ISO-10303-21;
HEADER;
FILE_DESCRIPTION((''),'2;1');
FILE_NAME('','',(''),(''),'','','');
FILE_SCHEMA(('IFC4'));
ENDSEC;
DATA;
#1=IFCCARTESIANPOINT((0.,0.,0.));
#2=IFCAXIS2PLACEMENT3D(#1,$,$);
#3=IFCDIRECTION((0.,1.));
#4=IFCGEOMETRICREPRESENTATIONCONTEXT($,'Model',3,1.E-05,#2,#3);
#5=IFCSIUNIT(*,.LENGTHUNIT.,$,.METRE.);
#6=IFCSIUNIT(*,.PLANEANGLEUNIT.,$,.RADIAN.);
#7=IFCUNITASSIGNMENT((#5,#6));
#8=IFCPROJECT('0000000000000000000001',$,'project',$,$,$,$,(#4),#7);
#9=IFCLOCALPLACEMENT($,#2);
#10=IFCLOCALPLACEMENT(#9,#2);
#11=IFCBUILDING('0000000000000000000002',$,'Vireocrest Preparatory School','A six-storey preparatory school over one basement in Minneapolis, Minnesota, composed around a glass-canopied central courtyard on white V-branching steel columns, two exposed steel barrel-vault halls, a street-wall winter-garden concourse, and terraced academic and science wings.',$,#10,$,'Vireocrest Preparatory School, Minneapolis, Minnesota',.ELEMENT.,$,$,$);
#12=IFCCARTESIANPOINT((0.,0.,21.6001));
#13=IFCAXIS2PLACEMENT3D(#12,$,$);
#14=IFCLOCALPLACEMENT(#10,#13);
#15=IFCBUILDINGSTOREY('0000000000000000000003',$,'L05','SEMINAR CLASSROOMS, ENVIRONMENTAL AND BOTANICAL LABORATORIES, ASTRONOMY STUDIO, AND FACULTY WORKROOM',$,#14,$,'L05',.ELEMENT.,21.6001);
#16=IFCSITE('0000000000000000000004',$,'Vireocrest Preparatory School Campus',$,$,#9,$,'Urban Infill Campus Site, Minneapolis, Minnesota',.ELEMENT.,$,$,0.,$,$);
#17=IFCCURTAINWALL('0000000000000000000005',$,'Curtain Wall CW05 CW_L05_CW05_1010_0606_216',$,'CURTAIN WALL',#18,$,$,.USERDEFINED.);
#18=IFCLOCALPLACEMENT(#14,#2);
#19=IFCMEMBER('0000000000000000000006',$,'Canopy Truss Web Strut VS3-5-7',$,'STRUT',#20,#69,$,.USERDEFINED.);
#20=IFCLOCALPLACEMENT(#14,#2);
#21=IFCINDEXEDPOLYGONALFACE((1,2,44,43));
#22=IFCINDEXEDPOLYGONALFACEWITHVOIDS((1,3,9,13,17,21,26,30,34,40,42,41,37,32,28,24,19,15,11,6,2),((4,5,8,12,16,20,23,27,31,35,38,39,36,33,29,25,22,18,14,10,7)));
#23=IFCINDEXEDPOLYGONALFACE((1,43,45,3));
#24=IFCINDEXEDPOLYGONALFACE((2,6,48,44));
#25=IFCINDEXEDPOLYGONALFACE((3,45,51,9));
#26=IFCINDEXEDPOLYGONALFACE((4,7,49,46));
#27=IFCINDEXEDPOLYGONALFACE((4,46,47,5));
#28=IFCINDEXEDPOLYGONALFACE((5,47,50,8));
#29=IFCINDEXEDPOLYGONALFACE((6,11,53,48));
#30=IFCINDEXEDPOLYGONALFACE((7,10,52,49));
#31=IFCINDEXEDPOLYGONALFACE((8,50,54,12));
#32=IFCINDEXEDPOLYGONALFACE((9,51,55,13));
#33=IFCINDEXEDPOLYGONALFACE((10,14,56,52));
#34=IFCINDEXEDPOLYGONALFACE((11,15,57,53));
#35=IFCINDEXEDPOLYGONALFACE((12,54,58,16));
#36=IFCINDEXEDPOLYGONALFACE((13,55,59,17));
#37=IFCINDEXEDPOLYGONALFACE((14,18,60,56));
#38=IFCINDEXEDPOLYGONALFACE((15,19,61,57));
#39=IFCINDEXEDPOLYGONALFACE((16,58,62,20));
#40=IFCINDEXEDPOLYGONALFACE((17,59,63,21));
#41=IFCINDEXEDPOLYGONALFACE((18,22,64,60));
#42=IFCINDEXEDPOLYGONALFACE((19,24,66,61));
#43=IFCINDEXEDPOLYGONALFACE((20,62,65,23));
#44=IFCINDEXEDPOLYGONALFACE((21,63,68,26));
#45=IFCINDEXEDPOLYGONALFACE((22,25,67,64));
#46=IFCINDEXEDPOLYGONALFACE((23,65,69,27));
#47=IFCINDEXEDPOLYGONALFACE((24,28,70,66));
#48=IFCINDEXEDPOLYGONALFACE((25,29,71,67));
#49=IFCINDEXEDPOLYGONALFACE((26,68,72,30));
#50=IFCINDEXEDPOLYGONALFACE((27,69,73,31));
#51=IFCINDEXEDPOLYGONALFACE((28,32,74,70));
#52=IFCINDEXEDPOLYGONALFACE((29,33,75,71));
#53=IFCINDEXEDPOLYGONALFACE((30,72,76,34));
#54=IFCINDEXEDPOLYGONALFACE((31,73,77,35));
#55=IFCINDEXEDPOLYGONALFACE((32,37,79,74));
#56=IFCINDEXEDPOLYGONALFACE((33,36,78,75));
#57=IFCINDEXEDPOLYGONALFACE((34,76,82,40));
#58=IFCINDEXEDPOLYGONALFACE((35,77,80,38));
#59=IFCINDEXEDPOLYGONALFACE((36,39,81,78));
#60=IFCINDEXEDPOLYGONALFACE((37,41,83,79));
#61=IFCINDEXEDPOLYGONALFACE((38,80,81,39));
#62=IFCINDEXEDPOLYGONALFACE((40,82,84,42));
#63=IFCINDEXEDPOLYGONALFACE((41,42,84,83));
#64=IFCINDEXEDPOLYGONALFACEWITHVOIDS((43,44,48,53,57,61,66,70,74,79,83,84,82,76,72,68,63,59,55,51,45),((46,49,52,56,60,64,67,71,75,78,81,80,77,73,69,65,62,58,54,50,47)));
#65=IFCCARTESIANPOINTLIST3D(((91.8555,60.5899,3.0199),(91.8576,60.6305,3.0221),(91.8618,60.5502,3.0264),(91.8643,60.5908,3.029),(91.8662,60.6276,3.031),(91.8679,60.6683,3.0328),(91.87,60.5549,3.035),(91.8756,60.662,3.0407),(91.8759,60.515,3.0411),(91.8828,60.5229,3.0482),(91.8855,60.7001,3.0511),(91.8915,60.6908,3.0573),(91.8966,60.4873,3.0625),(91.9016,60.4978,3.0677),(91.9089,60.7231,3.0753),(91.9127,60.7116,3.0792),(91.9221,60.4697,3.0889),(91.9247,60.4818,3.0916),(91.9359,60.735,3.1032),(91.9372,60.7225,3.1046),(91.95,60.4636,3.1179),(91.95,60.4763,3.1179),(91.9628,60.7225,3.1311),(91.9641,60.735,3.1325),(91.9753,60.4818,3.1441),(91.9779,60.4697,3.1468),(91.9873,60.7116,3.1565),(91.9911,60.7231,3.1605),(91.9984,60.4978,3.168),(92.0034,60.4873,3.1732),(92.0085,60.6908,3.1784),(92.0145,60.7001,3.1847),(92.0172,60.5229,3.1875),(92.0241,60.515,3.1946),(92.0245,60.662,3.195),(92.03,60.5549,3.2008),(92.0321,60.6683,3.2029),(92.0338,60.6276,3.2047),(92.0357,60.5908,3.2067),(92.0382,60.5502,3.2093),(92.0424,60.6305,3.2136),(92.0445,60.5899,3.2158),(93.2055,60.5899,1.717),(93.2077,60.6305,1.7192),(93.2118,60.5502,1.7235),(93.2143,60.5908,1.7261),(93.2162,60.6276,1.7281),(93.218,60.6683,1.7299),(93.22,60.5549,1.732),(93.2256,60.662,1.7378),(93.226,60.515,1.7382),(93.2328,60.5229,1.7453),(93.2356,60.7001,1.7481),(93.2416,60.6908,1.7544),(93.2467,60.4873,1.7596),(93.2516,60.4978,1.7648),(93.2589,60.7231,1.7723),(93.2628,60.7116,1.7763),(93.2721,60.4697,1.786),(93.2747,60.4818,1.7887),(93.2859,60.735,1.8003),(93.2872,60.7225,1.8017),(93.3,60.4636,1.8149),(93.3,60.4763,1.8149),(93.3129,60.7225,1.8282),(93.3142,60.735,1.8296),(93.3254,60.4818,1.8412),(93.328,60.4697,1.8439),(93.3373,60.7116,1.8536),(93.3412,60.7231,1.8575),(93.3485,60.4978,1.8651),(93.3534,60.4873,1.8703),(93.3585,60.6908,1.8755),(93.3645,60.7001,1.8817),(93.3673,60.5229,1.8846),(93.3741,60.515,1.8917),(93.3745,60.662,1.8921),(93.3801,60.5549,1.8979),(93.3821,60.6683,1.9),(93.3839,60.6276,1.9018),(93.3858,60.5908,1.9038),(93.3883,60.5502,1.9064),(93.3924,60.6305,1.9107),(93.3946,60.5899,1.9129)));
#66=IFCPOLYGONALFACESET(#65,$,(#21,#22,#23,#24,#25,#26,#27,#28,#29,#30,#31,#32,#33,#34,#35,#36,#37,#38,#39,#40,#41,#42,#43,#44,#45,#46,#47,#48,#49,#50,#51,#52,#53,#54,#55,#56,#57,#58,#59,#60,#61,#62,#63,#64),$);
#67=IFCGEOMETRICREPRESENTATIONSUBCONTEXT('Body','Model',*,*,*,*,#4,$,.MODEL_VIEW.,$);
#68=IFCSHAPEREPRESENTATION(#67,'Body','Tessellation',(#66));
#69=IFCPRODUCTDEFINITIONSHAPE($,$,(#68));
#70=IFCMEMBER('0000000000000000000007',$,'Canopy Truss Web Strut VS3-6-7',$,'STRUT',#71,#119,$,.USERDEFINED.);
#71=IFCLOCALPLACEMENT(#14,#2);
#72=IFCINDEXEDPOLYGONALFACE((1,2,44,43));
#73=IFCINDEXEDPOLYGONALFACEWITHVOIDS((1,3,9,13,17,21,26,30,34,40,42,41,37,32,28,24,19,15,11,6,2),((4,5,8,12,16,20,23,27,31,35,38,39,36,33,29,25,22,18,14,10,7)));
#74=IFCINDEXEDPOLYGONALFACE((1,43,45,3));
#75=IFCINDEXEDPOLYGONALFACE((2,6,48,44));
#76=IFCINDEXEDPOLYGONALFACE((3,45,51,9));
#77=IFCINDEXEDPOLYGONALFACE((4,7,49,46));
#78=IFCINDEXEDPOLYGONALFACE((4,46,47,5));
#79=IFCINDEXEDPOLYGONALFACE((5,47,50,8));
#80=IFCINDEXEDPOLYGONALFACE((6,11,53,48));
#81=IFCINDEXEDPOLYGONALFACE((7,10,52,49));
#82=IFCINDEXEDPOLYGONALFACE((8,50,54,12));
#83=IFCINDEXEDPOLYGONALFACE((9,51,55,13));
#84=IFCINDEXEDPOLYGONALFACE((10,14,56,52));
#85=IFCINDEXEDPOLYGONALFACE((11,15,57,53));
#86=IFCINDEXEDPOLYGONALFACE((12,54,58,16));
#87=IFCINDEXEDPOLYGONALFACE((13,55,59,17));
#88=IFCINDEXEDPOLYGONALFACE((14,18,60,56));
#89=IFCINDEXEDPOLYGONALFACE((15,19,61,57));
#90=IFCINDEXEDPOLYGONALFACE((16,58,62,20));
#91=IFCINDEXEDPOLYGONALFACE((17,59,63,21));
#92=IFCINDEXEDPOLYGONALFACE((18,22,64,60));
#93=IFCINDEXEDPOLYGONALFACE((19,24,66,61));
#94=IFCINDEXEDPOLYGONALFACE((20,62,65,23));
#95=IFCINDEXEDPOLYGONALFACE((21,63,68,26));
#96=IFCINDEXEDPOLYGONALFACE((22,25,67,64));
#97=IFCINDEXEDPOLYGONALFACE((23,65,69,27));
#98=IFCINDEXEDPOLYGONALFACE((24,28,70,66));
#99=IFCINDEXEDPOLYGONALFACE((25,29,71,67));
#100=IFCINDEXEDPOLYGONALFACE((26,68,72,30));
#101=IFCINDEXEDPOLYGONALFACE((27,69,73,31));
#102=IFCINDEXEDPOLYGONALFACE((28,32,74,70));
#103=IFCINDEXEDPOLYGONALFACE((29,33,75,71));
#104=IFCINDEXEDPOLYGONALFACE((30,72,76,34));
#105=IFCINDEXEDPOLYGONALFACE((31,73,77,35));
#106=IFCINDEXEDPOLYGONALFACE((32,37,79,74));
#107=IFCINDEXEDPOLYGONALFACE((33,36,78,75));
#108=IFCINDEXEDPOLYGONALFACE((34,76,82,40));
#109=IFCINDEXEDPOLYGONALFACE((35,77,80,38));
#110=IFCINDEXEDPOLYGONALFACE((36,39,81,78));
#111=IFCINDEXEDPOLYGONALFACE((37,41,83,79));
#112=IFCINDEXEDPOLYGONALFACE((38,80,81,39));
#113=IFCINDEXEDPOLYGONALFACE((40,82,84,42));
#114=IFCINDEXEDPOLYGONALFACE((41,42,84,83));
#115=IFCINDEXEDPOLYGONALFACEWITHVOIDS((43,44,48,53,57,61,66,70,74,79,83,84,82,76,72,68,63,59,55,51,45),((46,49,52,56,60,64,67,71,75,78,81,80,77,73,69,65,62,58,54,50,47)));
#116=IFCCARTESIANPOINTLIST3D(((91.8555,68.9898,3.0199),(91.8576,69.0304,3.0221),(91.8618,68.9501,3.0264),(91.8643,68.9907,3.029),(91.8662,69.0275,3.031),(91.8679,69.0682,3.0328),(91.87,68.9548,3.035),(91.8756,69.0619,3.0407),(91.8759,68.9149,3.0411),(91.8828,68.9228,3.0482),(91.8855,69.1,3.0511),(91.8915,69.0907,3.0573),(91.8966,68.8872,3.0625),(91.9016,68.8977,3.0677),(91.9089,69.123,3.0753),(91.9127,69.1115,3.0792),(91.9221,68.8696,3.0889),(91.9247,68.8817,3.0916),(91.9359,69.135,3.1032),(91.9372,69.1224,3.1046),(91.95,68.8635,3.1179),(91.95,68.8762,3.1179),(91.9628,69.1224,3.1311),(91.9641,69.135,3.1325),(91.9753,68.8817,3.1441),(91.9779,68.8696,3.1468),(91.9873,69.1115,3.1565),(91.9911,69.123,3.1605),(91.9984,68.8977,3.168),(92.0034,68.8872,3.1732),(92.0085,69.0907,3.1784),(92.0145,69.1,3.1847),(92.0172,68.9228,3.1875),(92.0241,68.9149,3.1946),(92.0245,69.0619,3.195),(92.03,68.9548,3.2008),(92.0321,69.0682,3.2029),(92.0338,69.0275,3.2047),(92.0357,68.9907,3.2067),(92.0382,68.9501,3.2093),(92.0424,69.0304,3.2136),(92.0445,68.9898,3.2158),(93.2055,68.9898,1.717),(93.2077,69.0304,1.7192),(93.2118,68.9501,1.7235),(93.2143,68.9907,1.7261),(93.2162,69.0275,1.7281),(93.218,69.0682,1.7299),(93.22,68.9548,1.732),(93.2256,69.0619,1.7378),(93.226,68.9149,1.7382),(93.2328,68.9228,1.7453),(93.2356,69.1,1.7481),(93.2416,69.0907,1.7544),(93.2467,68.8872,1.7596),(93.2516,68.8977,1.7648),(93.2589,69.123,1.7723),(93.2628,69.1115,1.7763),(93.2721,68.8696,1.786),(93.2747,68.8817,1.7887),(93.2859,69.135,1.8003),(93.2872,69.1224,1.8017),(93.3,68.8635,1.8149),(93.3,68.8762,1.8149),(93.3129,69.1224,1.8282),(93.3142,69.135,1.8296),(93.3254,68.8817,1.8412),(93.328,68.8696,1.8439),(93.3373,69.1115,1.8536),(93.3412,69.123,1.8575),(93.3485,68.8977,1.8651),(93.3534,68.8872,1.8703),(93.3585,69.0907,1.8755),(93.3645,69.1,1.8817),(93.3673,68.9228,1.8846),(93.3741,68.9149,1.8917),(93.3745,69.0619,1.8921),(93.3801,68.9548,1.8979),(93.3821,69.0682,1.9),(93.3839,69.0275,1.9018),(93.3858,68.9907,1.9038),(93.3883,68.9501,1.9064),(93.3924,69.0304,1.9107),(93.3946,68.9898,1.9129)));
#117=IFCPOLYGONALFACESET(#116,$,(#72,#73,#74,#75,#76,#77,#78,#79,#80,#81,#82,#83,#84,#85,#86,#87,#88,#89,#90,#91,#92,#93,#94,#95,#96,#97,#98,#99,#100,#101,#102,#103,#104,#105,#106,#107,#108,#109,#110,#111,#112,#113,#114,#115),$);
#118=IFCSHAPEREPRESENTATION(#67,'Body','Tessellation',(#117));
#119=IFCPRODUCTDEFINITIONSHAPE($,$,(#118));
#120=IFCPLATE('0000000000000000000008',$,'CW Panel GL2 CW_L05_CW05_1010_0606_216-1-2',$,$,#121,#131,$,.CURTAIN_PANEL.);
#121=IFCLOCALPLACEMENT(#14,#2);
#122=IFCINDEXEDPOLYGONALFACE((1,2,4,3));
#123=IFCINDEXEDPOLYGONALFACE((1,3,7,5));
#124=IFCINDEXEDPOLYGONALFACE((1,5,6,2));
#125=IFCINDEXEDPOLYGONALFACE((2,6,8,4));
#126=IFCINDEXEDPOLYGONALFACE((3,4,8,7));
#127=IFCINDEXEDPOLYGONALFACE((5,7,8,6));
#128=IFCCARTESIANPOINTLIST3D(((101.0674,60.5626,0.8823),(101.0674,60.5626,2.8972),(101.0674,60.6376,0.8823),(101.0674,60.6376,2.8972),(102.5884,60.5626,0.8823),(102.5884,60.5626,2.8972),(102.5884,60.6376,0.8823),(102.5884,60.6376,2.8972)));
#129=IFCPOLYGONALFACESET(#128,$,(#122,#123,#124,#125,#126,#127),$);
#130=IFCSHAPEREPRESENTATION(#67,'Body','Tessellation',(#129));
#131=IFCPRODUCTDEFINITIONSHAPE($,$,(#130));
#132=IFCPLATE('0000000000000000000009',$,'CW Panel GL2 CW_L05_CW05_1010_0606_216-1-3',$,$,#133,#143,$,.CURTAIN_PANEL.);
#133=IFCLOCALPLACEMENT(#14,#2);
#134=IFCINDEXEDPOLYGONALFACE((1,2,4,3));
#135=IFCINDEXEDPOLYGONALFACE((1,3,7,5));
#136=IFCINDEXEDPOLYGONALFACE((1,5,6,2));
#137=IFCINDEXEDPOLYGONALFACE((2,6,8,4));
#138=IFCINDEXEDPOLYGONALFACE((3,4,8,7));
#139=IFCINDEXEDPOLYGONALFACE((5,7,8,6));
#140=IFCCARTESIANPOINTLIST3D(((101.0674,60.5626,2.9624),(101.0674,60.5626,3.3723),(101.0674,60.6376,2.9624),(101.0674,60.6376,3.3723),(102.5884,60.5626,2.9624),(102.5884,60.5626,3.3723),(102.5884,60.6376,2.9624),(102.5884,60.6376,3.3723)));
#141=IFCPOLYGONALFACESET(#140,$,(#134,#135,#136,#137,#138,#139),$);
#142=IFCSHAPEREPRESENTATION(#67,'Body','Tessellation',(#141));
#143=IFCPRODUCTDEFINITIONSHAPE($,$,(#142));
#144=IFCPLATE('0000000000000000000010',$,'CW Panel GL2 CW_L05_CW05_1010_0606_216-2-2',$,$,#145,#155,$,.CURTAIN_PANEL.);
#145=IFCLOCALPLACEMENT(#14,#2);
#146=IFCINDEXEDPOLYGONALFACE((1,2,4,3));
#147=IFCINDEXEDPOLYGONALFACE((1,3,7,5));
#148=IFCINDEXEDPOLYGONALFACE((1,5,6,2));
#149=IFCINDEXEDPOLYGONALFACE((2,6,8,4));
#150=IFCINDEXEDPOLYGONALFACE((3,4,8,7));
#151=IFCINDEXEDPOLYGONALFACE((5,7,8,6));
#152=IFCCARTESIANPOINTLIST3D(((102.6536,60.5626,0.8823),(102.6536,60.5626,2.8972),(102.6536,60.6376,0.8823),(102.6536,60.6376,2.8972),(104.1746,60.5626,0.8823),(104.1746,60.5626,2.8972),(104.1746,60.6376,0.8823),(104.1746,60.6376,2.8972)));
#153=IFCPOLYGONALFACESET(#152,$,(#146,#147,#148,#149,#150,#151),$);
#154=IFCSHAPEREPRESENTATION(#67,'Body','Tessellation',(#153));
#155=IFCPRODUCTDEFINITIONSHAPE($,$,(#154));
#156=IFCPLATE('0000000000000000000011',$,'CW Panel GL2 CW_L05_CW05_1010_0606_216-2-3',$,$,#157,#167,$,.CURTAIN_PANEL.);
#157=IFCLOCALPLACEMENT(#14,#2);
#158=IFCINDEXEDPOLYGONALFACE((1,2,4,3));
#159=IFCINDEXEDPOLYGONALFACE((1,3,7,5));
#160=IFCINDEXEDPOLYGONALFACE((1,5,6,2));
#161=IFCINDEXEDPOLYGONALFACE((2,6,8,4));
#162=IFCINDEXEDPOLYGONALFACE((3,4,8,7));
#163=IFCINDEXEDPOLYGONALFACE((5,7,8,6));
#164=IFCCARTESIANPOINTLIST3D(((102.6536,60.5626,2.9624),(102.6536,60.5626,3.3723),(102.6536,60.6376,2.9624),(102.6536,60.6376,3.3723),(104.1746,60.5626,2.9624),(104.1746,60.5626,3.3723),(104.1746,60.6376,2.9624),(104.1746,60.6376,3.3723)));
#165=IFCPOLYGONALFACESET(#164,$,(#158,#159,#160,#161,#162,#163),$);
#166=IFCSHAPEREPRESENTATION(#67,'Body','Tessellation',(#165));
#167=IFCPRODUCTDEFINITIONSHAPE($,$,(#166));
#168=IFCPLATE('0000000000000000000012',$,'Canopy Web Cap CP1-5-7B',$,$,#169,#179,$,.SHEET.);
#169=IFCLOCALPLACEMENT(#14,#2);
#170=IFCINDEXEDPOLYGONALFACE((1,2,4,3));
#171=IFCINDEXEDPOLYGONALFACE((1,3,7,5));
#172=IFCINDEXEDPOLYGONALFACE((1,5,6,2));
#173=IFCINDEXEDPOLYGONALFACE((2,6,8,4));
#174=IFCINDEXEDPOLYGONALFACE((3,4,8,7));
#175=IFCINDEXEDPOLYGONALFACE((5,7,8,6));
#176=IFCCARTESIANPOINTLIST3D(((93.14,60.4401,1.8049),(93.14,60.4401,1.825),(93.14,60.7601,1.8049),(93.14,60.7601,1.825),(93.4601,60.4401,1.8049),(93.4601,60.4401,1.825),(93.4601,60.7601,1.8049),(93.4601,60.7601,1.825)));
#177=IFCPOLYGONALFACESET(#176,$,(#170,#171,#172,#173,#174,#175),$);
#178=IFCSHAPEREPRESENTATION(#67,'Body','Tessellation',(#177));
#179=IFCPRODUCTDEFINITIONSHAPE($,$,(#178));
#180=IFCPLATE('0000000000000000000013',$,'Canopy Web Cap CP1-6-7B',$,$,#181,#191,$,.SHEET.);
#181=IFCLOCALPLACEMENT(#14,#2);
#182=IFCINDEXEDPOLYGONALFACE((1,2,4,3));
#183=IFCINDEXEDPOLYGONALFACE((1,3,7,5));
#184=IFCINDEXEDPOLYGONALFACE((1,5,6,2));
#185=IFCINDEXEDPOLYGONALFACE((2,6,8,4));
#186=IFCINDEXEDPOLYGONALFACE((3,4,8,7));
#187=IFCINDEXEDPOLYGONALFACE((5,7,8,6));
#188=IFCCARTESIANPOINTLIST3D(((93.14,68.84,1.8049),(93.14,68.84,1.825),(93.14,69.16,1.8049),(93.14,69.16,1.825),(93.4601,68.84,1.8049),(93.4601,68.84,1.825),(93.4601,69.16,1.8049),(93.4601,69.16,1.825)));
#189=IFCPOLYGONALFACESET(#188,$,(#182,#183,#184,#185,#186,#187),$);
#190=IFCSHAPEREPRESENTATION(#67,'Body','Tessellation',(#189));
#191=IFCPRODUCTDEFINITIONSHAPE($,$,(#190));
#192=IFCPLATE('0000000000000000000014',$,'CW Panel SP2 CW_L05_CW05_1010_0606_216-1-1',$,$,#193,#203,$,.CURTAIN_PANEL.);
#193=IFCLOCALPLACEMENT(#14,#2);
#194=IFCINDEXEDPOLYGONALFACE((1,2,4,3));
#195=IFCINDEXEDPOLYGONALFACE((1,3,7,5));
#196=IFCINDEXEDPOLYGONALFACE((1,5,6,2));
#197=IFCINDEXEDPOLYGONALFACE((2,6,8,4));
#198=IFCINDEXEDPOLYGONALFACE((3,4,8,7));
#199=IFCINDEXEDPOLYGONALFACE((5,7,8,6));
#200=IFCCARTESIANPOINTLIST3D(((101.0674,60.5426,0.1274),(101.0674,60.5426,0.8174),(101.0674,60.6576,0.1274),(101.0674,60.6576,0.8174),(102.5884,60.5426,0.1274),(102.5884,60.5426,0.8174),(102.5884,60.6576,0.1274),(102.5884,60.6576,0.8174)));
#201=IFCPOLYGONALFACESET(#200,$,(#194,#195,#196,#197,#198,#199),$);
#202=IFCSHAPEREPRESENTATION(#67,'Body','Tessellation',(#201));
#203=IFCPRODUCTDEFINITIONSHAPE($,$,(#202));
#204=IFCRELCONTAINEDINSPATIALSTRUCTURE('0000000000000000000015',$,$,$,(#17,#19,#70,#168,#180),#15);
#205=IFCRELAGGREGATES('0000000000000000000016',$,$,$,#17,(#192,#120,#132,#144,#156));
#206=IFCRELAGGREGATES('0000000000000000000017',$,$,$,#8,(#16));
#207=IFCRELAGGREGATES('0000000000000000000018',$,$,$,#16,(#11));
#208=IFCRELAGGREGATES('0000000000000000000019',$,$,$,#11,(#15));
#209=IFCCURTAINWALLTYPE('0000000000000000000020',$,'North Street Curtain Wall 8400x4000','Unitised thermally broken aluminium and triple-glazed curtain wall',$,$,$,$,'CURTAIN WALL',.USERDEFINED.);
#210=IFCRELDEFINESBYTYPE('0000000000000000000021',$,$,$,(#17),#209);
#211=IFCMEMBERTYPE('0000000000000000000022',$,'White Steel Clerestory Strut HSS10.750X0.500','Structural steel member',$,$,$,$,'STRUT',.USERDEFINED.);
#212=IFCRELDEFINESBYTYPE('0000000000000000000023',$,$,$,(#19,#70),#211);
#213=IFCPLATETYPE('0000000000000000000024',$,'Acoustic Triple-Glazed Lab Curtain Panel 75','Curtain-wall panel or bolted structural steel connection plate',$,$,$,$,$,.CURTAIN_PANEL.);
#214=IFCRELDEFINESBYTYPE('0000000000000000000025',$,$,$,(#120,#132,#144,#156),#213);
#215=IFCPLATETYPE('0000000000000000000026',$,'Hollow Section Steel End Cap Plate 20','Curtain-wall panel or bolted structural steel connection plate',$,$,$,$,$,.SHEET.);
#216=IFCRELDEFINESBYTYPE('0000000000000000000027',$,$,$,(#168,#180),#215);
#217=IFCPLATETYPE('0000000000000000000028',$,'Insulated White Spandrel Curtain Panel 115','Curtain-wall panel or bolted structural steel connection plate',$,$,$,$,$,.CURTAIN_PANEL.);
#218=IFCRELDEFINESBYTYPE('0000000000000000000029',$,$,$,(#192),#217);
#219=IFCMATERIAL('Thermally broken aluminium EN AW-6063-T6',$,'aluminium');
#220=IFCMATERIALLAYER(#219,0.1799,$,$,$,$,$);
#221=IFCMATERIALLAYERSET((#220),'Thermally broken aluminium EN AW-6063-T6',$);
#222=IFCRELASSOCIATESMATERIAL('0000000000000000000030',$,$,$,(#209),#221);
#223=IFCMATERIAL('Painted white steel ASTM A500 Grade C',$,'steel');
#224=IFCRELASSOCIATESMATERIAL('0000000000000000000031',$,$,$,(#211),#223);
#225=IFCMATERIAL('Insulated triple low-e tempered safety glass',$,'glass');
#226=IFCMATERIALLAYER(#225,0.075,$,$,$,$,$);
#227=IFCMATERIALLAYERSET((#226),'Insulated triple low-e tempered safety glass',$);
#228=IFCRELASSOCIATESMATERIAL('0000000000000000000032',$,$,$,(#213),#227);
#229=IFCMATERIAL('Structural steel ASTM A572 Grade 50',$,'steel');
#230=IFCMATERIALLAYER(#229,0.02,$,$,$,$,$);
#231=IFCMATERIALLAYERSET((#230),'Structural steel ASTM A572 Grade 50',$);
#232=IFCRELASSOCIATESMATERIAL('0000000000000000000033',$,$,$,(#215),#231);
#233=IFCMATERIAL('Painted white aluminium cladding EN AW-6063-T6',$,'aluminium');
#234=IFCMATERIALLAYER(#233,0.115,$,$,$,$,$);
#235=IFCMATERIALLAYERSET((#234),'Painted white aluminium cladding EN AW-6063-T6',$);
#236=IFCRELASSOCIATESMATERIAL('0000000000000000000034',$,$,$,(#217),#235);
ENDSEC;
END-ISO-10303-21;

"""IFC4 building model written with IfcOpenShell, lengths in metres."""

from ifc_helpers import new_model, si_unit, direction, frame, origin, origin_2d, place, context, subcontext, project, spatial, rectangle, hollow_circle, extrude, material, layer, layer_set, material_profile, profile_set, type_object, element, aggregate, save


model = new_model("IFC4")

# Units and contexts
model_context = context("Model", 3, precision=1e-05, world=origin(), true_north=direction((0.0, 1.0)))
body_context = subcontext(model_context, "Body", "Model", "MODEL_VIEW")
ifc_project = project(units=[si_unit("LENGTHUNIT", "METRE"), si_unit("PLANEANGLEUNIT", "RADIAN")], contexts=[model_context])

# Site, building, storey
site_placement = place(None, origin())
site = spatial("IfcSite", under=ifc_project, at=site_placement, Name="Vireocrest Preparatory School Campus", LongName="Urban Infill Campus Site, Minneapolis, Minnesota", CompositionType="ELEMENT", RefElevation=0.0)
building_placement = place(site_placement, origin())
building = spatial("IfcBuilding", under=site, at=building_placement, Name="Vireocrest Preparatory School", Description="A six-storey preparatory school over one basement in Minneapolis, Minnesota, composed around a glass-canopied central courtyard on white V-branching steel columns, two exposed steel barrel-vault halls, a street-wall winter-garden concourse, and terraced academic and science wings.", LongName="Vireocrest Preparatory School, Minneapolis, Minnesota", CompositionType="ELEMENT")
storey_placement = place(building_placement, frame((0.0, 0.0, 21.6001)))
storey = spatial("IfcBuildingStorey", under=building, at=storey_placement, Name="L05", Description="SEMINAR CLASSROOMS, ENVIRONMENTAL AND BOTANICAL LABORATORIES, ASTRONOMY STUDIO, AND FACULTY WORKROOM", LongName="L05", CompositionType="ELEMENT", Elevation=21.6001)

# Curtain wall
ifc_material_1 = material(Name="Thermally broken aluminium EN AW-6063-T6", Category="aluminium")
ifc_layer_1 = layer(ifc_material_1, 0.1799)
ifc_layer_set_1 = layer_set([ifc_layer_1], Name="Thermally broken aluminium EN AW-6063-T6")
curtain_wall_type = type_object("IfcCurtainWallType", Name="North Street Curtain Wall 8400x4000", Description="Unitised thermally broken aluminium and triple-glazed curtain wall", ElementType="CURTAIN WALL", PredefinedType="USERDEFINED", material=ifc_layer_set_1)
curtain_wall_placement = place(storey_placement, origin())
curtain_wall = element("IfcCurtainWall", 1, at=curtain_wall_placement, inside=storey, type_object=curtain_wall_type, Name="Curtain Wall CW05 CW_L05_CW05_1010_0606_216", ObjectType="CURTAIN WALL", PredefinedType="USERDEFINED")

# Members
ifc_material_2 = material(Name="Painted white steel ASTM A500 Grade C", Category="steel")
ifc_material_profile_1 = material_profile(ifc_material_2, hollow_circle(Radius=0.1365, WallThickness=0.0127, at=origin_2d()), Name="HSS10.750X0.500")
ifc_profile_set_1 = profile_set([ifc_material_profile_1], Name="Painted white steel ASTM A500 Grade C")
member_type_1 = type_object("IfcMemberType", Name="White Steel Clerestory Strut HSS10.750X0.500", Description="Structural steel member", ElementType="STRUT", PredefinedType="USERDEFINED", material=ifc_profile_set_1)
for number, where, z_axis, x_axis, name in (
    (2, (93.3, 60.6001, 1.8149), (-0.719552, 0.0, 0.694439), (0.0, -1.0, 0.0), "Canopy Truss Web Strut VS3-5-7"),
    (3, (93.3, 69.0, 1.8149), (-0.719552, 0.0, 0.694439), (0.0, -1.0, 0.0), "Canopy Truss Web Strut VS3-6-7"),
):
    element("IfcMember", number, at=place(storey_placement, frame(where, z_axis=z_axis, x_axis=x_axis)), inside=storey, type_object=member_type_1, Name=name, ObjectType="STRUT", PredefinedType="USERDEFINED", context=body_context, shape_type="SweptSolid", body=[
        extrude(hollow_circle(Radius=0.1365, WallThickness=0.0127, at=origin_2d()), origin(), (0.0, 0.0, 1.0), 1.8762),
    ])

# Plates
ifc_material_3 = material(Name="Insulated triple low-e tempered safety glass", Category="glass")
ifc_layer_2 = layer(ifc_material_3, 0.075)
ifc_layer_set_2 = layer_set([ifc_layer_2], Name="Insulated triple low-e tempered safety glass")
plate_type_1 = type_object("IfcPlateType", Name="Acoustic Triple-Glazed Lab Curtain Panel 75", Description="Curtain-wall panel or bolted structural steel connection plate", PredefinedType="CURTAIN_PANEL", material=ifc_layer_set_2)
plate_1_placement = place(storey_placement, frame((101.8279, 60.6001, 0.8823), z_axis=(0.0, 0.0, 1.0), x_axis=(1.0, 0.0, 0.0)))
plate_1 = element("IfcPlate", 4, at=plate_1_placement, type_object=plate_type_1, Name="CW Panel GL2 CW_L05_CW05_1010_0606_216-1-2", PredefinedType="CURTAIN_PANEL", context=body_context, shape_type="SweptSolid", body=[
    extrude(rectangle(XDim=1.521, YDim=0.075, at=origin_2d()), origin(), (0.0, 0.0, 1.0), 2.0149),
])
plate_2_placement = place(storey_placement, frame((101.8279, 60.6001, 2.9624), z_axis=(0.0, 0.0, 1.0), x_axis=(1.0, 0.0, 0.0)))
plate_2 = element("IfcPlate", 5, at=plate_2_placement, type_object=plate_type_1, Name="CW Panel GL2 CW_L05_CW05_1010_0606_216-1-3", PredefinedType="CURTAIN_PANEL", context=body_context, shape_type="SweptSolid", body=[
    extrude(rectangle(XDim=1.521, YDim=0.075, at=origin_2d()), origin(), (0.0, 0.0, 1.0), 0.4099),
])
plate_3_placement = place(storey_placement, frame((103.4141, 60.6001, 0.8823), z_axis=(0.0, 0.0, 1.0), x_axis=(1.0, 0.0, 0.0)))
plate_3 = element("IfcPlate", 6, at=plate_3_placement, type_object=plate_type_1, Name="CW Panel GL2 CW_L05_CW05_1010_0606_216-2-2", PredefinedType="CURTAIN_PANEL", context=body_context, shape_type="SweptSolid", body=[
    extrude(rectangle(XDim=1.521, YDim=0.075, at=origin_2d()), origin(), (0.0, 0.0, 1.0), 2.0149),
])
plate_4_placement = place(storey_placement, frame((103.4141, 60.6001, 2.9624), z_axis=(0.0, 0.0, 1.0), x_axis=(1.0, 0.0, 0.0)))
plate_4 = element("IfcPlate", 7, at=plate_4_placement, type_object=plate_type_1, Name="CW Panel GL2 CW_L05_CW05_1010_0606_216-2-3", PredefinedType="CURTAIN_PANEL", context=body_context, shape_type="SweptSolid", body=[
    extrude(rectangle(XDim=1.521, YDim=0.075, at=origin_2d()), origin(), (0.0, 0.0, 1.0), 0.4099),
])

# Plates
ifc_material_4 = material(Name="Structural steel ASTM A572 Grade 50", Category="steel")
ifc_layer_3 = layer(ifc_material_4, 0.02)
ifc_layer_set_3 = layer_set([ifc_layer_3], Name="Structural steel ASTM A572 Grade 50")
plate_type_2 = type_object("IfcPlateType", Name="Hollow Section Steel End Cap Plate 20", Description="Curtain-wall panel or bolted structural steel connection plate", PredefinedType="SHEET", material=ifc_layer_set_3)
for number, where, z_axis, x_axis, name in (
    (8, (93.3, 60.6001, 1.8049), (0.0, 0.0, 1.0), (1.0, 0.0, 0.0), "Canopy Web Cap CP1-5-7B"),
    (9, (93.3, 69.0, 1.8049), (0.0, 0.0, 1.0), (1.0, 0.0, 0.0), "Canopy Web Cap CP1-6-7B"),
):
    element("IfcPlate", number, at=place(storey_placement, frame(where, z_axis=z_axis, x_axis=x_axis)), inside=storey, type_object=plate_type_2, Name=name, PredefinedType="SHEET", context=body_context, shape_type="SweptSolid", body=[
        extrude(rectangle(XDim=0.3201, YDim=0.3201, at=origin_2d()), origin(), (0.0, 0.0, 1.0), 0.02),
    ])

# Plate
ifc_material_5 = material(Name="Painted white aluminium cladding EN AW-6063-T6", Category="aluminium")
ifc_layer_4 = layer(ifc_material_5, 0.115)
ifc_layer_set_4 = layer_set([ifc_layer_4], Name="Painted white aluminium cladding EN AW-6063-T6")
plate_type_3 = type_object("IfcPlateType", Name="Insulated White Spandrel Curtain Panel 115", Description="Curtain-wall panel or bolted structural steel connection plate", PredefinedType="CURTAIN_PANEL", material=ifc_layer_set_4)
plate_5_placement = place(storey_placement, frame((101.8279, 60.6001, 0.1274), z_axis=(0.0, 0.0, 1.0), x_axis=(1.0, 0.0, 0.0)))
plate_5 = element("IfcPlate", 10, at=plate_5_placement, type_object=plate_type_3, Name="CW Panel SP2 CW_L05_CW05_1010_0606_216-1-1", PredefinedType="CURTAIN_PANEL", context=body_context, shape_type="SweptSolid", body=[
    extrude(rectangle(XDim=1.521, YDim=0.115, at=origin_2d()), origin(), (0.0, 0.0, 1.0), 0.6899),
])
aggregate(curtain_wall, [plate_5, plate_1, plate_2, plate_3, plate_4])

save(model, "model.ifc")
